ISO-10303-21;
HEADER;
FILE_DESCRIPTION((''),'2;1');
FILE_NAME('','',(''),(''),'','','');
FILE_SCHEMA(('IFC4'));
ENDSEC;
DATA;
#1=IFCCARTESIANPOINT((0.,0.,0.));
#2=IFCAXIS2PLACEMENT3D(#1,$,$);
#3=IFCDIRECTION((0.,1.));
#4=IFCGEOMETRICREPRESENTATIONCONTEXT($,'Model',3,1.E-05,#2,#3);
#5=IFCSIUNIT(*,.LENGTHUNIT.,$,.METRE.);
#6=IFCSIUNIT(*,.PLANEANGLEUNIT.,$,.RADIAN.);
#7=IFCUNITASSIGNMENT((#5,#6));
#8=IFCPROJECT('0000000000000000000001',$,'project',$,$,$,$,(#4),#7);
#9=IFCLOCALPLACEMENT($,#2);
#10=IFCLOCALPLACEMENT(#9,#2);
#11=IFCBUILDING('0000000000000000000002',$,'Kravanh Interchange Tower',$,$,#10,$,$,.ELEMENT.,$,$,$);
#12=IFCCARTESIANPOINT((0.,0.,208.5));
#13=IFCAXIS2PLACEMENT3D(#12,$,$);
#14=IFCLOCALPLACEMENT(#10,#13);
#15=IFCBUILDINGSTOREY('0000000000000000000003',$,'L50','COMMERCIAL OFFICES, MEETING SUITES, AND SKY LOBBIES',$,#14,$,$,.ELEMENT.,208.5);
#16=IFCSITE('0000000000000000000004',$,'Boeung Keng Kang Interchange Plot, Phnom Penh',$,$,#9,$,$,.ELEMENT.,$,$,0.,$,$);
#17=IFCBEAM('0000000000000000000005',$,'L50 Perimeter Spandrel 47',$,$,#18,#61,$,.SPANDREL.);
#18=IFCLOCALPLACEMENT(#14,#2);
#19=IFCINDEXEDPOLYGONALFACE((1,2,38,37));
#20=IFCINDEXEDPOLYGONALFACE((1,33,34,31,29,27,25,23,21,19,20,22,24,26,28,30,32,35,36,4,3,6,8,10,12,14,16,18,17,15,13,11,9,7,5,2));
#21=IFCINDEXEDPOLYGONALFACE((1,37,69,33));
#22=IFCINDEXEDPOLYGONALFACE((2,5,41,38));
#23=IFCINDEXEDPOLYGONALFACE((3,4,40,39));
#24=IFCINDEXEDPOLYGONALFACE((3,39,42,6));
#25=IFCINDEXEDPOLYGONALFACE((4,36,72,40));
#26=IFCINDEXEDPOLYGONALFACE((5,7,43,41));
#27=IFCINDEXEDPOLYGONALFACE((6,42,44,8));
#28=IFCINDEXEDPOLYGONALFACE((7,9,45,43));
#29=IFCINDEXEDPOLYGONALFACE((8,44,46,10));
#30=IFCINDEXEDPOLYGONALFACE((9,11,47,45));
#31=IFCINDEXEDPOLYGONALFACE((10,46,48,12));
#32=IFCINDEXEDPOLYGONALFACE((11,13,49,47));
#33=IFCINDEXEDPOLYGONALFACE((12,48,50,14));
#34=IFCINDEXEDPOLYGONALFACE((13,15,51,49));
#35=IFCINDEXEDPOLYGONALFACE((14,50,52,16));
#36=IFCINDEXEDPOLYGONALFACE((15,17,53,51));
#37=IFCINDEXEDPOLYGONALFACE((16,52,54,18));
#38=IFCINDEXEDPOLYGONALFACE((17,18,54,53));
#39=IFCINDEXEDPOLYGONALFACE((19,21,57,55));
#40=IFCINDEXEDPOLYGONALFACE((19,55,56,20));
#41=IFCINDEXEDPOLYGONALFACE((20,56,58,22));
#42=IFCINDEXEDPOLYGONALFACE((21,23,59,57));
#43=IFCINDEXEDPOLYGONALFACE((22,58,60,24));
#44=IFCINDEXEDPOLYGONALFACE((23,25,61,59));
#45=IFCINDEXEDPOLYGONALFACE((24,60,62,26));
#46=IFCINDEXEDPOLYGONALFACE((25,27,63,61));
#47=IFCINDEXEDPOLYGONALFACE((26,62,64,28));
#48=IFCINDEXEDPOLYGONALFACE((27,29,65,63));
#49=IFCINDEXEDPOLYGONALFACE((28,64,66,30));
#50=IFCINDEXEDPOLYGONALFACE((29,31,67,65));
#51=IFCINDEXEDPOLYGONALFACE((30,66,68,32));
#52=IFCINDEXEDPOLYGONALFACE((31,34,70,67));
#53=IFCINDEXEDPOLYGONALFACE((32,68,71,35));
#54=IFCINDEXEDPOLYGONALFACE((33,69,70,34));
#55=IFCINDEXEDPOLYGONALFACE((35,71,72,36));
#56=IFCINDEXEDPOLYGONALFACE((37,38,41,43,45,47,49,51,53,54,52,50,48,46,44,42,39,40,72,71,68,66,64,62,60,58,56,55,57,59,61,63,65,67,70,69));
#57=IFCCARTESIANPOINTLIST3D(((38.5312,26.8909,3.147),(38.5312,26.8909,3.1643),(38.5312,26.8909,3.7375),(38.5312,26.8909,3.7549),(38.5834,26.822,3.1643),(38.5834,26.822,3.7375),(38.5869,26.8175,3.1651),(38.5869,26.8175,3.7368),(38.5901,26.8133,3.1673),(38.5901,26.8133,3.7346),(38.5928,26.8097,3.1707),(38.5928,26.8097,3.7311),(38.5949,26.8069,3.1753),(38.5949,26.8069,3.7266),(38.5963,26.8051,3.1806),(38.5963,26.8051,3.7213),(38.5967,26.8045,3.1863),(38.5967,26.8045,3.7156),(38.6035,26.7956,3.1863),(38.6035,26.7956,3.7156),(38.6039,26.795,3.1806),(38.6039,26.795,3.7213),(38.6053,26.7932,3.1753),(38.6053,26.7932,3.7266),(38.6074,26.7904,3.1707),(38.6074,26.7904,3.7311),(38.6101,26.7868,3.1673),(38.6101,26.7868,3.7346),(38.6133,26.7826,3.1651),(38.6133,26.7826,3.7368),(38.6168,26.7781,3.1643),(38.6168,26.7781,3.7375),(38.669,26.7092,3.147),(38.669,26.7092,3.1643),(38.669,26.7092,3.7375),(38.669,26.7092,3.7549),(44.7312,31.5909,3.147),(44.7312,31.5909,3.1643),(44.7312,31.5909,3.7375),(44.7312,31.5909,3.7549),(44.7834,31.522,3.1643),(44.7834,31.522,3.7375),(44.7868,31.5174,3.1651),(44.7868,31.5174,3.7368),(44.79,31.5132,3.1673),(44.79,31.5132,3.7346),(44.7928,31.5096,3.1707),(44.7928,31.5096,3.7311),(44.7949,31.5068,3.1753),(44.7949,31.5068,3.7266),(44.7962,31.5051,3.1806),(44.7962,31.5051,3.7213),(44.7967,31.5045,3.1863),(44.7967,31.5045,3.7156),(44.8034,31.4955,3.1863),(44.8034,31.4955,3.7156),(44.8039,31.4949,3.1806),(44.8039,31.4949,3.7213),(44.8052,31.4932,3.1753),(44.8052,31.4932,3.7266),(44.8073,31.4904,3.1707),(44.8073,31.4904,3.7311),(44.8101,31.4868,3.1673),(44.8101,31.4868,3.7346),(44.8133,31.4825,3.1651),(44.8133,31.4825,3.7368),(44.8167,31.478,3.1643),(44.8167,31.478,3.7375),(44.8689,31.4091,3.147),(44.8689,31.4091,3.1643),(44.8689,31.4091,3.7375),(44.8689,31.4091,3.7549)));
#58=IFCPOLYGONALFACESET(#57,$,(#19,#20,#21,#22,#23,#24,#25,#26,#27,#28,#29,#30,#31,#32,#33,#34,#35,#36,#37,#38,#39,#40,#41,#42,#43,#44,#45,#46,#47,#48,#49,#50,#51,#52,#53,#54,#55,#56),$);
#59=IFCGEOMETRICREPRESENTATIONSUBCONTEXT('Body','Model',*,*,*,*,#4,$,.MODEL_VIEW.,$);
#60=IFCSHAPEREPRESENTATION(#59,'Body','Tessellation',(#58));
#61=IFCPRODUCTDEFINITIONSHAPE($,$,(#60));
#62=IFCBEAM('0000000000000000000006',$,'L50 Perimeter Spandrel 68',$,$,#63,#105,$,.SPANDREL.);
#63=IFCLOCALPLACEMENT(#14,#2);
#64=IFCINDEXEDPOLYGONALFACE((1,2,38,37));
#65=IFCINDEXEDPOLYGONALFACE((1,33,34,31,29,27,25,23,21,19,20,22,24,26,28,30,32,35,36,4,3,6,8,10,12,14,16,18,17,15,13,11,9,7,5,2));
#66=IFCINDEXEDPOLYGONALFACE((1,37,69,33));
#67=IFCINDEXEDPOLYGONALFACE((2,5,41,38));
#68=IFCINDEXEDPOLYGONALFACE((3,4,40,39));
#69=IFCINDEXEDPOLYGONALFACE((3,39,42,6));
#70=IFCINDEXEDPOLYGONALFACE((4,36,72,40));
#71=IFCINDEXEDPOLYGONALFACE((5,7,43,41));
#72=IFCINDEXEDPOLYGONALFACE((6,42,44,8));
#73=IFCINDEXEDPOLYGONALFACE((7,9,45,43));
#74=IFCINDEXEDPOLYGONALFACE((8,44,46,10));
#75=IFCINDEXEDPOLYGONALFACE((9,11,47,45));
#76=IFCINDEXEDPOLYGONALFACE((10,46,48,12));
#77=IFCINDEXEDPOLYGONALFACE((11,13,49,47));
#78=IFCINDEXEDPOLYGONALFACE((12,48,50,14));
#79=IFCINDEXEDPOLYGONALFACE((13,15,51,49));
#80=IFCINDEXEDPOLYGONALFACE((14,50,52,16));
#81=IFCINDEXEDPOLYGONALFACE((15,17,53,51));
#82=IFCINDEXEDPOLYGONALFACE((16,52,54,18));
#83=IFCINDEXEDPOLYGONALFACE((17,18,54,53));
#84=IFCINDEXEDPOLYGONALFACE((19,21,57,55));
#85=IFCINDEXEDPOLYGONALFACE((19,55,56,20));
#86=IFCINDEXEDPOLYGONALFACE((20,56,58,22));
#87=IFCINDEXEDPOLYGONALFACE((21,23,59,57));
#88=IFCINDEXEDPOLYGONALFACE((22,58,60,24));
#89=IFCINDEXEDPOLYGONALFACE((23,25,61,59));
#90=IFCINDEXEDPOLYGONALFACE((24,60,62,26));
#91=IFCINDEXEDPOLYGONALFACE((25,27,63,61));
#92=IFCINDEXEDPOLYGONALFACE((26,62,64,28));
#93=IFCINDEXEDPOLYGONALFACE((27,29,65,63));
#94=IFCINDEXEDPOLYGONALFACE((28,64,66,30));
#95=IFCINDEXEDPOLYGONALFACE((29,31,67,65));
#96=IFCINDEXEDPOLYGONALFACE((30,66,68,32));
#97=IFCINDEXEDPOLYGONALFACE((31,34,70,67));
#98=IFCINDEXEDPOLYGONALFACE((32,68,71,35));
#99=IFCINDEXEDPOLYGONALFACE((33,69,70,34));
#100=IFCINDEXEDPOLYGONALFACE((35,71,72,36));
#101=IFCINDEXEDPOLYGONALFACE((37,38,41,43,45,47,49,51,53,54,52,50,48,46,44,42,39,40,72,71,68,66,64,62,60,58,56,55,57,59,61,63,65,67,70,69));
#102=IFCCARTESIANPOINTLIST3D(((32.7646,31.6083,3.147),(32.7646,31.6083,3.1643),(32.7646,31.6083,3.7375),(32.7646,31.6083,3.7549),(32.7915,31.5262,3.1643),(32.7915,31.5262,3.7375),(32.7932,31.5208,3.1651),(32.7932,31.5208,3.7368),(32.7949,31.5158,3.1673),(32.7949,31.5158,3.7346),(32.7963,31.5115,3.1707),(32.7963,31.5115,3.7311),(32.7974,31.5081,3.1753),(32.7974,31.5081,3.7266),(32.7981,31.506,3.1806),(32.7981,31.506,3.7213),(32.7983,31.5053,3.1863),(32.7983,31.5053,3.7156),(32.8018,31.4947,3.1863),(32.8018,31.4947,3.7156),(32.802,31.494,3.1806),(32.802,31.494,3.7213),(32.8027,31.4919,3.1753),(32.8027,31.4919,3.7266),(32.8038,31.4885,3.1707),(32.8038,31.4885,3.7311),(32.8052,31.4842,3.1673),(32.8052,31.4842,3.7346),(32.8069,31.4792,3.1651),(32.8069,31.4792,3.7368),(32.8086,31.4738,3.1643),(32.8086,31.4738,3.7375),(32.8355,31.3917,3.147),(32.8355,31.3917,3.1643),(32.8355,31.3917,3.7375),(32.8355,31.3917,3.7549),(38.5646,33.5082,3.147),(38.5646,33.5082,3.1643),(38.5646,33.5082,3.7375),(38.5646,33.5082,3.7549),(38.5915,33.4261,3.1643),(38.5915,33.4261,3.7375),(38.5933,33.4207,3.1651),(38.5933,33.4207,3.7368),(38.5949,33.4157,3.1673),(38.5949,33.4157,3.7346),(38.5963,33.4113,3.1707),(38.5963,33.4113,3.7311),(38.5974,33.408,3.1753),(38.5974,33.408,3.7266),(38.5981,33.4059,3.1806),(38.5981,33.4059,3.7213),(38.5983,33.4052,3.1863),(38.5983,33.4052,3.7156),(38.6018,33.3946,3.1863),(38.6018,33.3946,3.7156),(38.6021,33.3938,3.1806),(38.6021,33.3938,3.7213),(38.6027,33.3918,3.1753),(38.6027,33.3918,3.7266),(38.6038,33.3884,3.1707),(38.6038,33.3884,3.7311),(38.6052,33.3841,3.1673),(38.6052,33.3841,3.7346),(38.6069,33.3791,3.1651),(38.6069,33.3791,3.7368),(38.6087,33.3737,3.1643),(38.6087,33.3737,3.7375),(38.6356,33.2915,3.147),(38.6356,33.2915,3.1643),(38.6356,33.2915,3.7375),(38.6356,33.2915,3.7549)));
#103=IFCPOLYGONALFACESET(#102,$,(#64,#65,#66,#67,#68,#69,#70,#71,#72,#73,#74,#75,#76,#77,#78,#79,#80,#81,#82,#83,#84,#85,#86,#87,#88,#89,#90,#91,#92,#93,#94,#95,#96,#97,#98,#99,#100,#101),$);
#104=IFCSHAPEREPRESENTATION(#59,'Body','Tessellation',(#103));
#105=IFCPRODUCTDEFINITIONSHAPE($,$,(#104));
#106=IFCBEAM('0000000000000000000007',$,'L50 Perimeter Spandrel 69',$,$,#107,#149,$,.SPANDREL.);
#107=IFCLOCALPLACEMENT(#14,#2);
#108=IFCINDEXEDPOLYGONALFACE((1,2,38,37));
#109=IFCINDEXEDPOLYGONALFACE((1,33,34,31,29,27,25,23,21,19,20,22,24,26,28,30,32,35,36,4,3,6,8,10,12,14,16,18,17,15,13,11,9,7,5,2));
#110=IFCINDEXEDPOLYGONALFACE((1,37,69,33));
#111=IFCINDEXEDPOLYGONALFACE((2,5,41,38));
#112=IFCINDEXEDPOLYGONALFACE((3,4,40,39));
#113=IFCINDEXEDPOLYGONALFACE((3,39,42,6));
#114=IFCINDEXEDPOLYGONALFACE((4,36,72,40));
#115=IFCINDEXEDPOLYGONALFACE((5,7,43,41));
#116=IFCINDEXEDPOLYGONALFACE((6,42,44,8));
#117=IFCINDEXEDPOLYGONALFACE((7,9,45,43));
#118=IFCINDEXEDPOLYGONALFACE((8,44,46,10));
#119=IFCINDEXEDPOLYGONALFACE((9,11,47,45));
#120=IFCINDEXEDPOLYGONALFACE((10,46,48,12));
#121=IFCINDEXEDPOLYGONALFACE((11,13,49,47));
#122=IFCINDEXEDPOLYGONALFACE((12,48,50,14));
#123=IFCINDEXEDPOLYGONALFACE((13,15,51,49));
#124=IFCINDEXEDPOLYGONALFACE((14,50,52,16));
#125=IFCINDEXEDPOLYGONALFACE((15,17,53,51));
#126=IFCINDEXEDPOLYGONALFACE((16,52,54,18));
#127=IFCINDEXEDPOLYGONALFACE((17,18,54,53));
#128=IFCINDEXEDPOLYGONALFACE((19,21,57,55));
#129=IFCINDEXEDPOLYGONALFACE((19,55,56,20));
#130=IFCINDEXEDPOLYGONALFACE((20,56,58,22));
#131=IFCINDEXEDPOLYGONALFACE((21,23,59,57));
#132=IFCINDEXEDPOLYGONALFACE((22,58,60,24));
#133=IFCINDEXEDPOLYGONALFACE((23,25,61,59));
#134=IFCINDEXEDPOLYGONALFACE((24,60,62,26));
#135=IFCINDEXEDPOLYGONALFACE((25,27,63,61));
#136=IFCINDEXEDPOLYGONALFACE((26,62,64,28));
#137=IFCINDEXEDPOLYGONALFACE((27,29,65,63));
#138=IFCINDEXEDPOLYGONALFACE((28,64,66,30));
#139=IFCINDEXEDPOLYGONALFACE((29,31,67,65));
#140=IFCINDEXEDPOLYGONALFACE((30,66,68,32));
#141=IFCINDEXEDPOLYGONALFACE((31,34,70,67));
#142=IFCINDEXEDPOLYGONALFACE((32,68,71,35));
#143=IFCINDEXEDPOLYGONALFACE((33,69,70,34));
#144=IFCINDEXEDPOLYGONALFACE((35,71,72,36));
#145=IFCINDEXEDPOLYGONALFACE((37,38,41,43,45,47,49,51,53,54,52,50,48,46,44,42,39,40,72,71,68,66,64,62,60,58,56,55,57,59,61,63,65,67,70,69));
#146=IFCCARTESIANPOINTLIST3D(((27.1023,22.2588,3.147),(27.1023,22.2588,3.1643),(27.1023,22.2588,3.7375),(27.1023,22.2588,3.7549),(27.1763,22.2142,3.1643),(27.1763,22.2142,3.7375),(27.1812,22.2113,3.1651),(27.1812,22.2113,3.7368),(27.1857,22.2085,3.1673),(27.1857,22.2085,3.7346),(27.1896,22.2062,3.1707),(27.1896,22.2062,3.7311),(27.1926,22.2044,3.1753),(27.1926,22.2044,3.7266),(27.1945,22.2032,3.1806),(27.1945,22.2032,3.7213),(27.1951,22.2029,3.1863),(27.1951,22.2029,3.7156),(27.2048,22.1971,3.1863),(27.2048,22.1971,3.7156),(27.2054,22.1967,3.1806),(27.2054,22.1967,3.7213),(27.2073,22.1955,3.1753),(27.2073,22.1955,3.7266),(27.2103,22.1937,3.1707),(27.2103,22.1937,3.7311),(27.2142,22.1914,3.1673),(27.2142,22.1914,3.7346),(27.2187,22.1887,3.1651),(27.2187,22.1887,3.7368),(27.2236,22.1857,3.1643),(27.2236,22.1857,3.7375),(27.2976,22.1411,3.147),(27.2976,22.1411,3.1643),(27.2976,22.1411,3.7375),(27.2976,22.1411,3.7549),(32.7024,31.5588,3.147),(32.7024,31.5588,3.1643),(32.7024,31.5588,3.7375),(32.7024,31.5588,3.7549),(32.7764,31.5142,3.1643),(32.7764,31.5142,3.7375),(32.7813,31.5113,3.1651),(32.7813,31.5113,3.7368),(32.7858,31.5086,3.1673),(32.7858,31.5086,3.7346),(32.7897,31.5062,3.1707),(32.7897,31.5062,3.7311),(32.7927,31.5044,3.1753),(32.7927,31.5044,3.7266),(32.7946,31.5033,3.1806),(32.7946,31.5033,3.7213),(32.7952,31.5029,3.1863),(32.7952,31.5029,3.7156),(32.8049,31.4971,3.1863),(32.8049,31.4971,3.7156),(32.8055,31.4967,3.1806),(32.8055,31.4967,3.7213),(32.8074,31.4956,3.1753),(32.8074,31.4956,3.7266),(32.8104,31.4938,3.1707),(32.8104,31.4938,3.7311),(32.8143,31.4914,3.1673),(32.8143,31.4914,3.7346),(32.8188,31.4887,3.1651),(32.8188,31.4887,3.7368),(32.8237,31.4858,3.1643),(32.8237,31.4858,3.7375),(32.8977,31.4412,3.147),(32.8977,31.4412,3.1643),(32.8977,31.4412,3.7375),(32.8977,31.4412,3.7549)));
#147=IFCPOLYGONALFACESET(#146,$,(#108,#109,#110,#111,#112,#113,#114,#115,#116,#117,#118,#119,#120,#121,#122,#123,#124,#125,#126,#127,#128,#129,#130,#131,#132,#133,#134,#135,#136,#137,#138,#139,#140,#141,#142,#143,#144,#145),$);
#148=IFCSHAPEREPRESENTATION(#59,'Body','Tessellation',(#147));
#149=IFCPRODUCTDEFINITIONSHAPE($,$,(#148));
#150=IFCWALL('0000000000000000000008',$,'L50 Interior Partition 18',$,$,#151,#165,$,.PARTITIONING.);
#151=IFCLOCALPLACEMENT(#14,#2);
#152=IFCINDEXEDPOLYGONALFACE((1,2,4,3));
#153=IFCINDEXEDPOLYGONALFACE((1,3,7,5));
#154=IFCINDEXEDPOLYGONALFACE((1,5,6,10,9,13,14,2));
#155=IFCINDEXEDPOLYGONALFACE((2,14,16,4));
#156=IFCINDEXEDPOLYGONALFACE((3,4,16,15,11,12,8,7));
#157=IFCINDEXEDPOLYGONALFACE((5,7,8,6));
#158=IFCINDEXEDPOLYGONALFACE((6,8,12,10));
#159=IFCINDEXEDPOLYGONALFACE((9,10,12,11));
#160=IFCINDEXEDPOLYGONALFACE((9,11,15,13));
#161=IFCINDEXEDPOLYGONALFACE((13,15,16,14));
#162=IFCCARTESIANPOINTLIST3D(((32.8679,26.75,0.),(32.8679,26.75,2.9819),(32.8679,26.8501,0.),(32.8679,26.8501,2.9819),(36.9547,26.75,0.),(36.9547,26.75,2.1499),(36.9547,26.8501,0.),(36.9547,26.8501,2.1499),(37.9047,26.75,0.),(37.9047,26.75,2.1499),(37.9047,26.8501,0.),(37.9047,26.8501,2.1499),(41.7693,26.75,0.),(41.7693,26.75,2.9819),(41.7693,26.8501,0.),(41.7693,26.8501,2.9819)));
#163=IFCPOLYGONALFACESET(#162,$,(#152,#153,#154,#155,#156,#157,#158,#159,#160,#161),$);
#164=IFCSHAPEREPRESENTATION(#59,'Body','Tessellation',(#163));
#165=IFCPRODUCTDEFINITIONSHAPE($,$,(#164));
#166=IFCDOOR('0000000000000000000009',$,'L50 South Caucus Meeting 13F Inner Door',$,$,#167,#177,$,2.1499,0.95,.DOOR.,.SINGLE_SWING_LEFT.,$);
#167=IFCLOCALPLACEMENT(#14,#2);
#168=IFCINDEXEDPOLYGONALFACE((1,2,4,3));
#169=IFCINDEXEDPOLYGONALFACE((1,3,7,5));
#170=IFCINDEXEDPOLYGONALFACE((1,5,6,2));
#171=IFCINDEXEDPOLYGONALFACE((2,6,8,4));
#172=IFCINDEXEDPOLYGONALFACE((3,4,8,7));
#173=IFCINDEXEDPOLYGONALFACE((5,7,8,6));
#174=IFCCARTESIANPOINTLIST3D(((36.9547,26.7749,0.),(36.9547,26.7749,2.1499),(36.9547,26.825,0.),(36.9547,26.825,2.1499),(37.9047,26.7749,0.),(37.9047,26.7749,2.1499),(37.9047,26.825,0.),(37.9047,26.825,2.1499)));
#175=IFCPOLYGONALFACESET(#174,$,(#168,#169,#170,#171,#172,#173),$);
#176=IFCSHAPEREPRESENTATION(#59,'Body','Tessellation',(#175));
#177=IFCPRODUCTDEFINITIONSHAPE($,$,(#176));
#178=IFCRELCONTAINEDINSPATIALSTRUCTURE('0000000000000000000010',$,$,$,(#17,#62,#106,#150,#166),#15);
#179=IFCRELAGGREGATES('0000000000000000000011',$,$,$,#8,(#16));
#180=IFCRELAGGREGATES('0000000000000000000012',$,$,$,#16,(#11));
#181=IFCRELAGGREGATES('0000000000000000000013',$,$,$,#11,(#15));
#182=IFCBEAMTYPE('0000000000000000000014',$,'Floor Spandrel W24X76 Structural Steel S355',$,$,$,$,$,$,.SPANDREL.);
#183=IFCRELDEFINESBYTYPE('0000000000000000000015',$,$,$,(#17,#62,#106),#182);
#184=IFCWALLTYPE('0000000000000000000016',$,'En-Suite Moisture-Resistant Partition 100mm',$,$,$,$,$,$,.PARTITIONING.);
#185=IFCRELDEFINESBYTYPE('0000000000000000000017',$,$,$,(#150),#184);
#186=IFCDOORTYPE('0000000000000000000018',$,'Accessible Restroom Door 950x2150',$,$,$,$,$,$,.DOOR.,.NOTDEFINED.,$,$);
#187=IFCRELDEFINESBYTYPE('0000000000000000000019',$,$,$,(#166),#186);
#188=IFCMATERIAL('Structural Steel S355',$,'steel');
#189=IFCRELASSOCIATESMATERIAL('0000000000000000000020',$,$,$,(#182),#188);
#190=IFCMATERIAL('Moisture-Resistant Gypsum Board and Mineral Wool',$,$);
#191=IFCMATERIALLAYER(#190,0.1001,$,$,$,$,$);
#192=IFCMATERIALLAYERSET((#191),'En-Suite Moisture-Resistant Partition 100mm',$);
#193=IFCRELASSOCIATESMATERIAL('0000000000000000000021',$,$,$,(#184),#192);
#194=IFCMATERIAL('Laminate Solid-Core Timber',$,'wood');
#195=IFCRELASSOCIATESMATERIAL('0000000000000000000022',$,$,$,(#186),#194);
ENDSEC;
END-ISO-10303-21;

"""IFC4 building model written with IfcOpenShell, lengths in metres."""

from ifc_helpers import new_model, si_unit, direction, frame, frame_2d, origin, origin_2d, place, context, subcontext, project, spatial, rectangle, i_section, extrude, material, layer, layer_set, material_profile, profile_set, type_object, element, fill, save


model = new_model("IFC4")

# Units and contexts
model_context = context("Model", 3, precision=1e-05, world=origin(), true_north=direction((0.0, 1.0)))
body_context = subcontext(model_context, "Body", "Model", "MODEL_VIEW")
ifc_project = project(units=[si_unit("LENGTHUNIT", "METRE"), si_unit("PLANEANGLEUNIT", "RADIAN")], contexts=[model_context])

# Site, building, storey
site_placement = place(None, origin())
site = spatial("IfcSite", under=ifc_project, at=site_placement, Name="Boeung Keng Kang Interchange Plot, Phnom Penh", CompositionType="ELEMENT", RefElevation=0.0)
building_placement = place(site_placement, origin())
building = spatial("IfcBuilding", under=site, at=building_placement, Name="Kravanh Interchange Tower", CompositionType="ELEMENT")
storey_placement = place(building_placement, frame((0.0, 0.0, 208.5)))
storey = spatial("IfcBuildingStorey", under=building, at=storey_placement, Name="L50", Description="COMMERCIAL OFFICES, MEETING SUITES, AND SKY LOBBIES", CompositionType="ELEMENT", Elevation=208.5)

# Beams
ifc_material_1 = material(Name="Structural Steel S355", Category="steel")
ifc_material_profile_1 = material_profile(ifc_material_1, i_section(OverallWidth=0.228, OverallDepth=0.6079, WebThickness=0.0112, FlangeThickness=0.0173, FilletRadius=0.022, at=origin_2d()), Name="W24X76")
ifc_profile_set_1 = profile_set([ifc_material_profile_1], Name="Structural Steel S355")
beam_type_1 = type_object("IfcBeamType", Name="Floor Spandrel W24X76 Structural Steel S355", PredefinedType="SPANDREL", material=ifc_profile_set_1)
beam_1_placement = place(storey_placement, frame((38.6001, 26.8, 3.4509), z_axis=(0.796905, 0.604104, 0.0), x_axis=(-0.604104, 0.796905, 0.0)))
element("IfcBeam", 1, at=beam_1_placement, inside=storey, type_object=beam_type_1, Name="L50 Perimeter Spandrel 47", PredefinedType="SPANDREL", context=body_context, shape_type="SweptSolid", body=[
    extrude(i_section(OverallWidth=0.228, OverallDepth=0.6079, WebThickness=0.0112, FlangeThickness=0.0173, FilletRadius=0.022, at=origin_2d()), origin(), (0.0, 0.0, 1.0), 7.78),
])
beam_2_placement = place(storey_placement, frame((32.8, 31.5, 3.4509), z_axis=(0.950315, 0.311291, 0.0), x_axis=(-0.311291, 0.950315, 0.0)))
element("IfcBeam", 2, at=beam_2_placement, inside=storey, type_object=beam_type_1, Name="L50 Perimeter Spandrel 68", PredefinedType="SPANDREL", context=body_context, shape_type="SweptSolid", body=[
    extrude(i_section(OverallWidth=0.228, OverallDepth=0.6079, WebThickness=0.0112, FlangeThickness=0.0173, FilletRadius=0.022, at=origin_2d()), origin(), (0.0, 0.0, 1.0), 6.1033),
])
beam_3_placement = place(storey_placement, frame((32.8, 31.5, 3.4509), z_axis=(-0.515854, -0.856676, 0.0), x_axis=(0.856676, -0.515854, 0.0)))
element("IfcBeam", 3, at=beam_3_placement, inside=storey, type_object=beam_type_1, Name="L50 Perimeter Spandrel 69", PredefinedType="SPANDREL", context=body_context, shape_type="SweptSolid", body=[
    extrude(i_section(OverallWidth=0.228, OverallDepth=0.6079, WebThickness=0.0112, FlangeThickness=0.0173, FilletRadius=0.022, at=origin_2d()), origin(), (0.0, 0.0, 1.0), 10.856),
])

# Wall, opening, door
ifc_material_2 = material(Name="Moisture-Resistant Gypsum Board and Mineral Wool")
ifc_layer_1 = layer(ifc_material_2, 0.1001)
ifc_layer_set_1 = layer_set([ifc_layer_1], Name="En-Suite Moisture-Resistant Partition 100mm")
wall_type = type_object("IfcWallType", Name="En-Suite Moisture-Resistant Partition 100mm", PredefinedType="PARTITIONING", material=ifc_layer_set_1)
wall_placement = place(storey_placement, frame((32.8679, 26.8, 0.0), z_axis=(0.0, 0.0, 1.0), x_axis=(1.0, 0.0, 0.0)))
wall = element("IfcWall", 4, at=wall_placement, inside=storey, type_object=wall_type, Name="L50 Interior Partition 18", PredefinedType="PARTITIONING", context=body_context, shape_type="SweptSolid", body=[
    extrude(rectangle(XDim=8.9014, YDim=0.1001, at=frame_2d((4.4507, 0.0))), origin(), (0.0, 0.0, 1.0), 2.9819),
])
opening_placement = place(wall_placement, frame((4.0867, 0.0, 0.0)))
opening = element("IfcOpeningElement", 5, at=opening_placement, cuts=wall, PredefinedType="OPENING", context=body_context, shape_type="SweptSolid", body=[
    extrude(rectangle(XDim=0.95, YDim=2.1499, at=frame_2d((0.4751, 1.075))), frame((0.0, 0.0601, 0.0), z_axis=(0.0, -1.0, 0.0), x_axis=(1.0, 0.0, 0.0)), (0.0, 0.0, 1.0), 0.1201),
])
ifc_material_3 = material(Name="Laminate Solid-Core Timber", Category="wood")
door_type = type_object("IfcDoorType", Name="Accessible Restroom Door 950x2150", OperationType="NOTDEFINED", PredefinedType="DOOR", material=ifc_material_3)
door_placement = place(opening_placement, origin())
door = element("IfcDoor", 6, at=door_placement, inside=storey, type_object=door_type, Name="L50 South Caucus Meeting 13F Inner Door", OperationType="SINGLE_SWING_LEFT", OverallHeight=2.1499, OverallWidth=0.95, PredefinedType="DOOR", context=body_context, shape_type="SweptSolid", body=[
    extrude(rectangle(XDim=0.95, YDim=2.1499, at=frame_2d((0.4751, 1.075))), frame((0.0, 0.0249, 0.0), z_axis=(0.0, -1.0, 0.0), x_axis=(1.0, 0.0, 0.0)), (0.0, 0.0, 1.0), 0.05),
])
fill(opening, door)

save(model, "model.ifc")
